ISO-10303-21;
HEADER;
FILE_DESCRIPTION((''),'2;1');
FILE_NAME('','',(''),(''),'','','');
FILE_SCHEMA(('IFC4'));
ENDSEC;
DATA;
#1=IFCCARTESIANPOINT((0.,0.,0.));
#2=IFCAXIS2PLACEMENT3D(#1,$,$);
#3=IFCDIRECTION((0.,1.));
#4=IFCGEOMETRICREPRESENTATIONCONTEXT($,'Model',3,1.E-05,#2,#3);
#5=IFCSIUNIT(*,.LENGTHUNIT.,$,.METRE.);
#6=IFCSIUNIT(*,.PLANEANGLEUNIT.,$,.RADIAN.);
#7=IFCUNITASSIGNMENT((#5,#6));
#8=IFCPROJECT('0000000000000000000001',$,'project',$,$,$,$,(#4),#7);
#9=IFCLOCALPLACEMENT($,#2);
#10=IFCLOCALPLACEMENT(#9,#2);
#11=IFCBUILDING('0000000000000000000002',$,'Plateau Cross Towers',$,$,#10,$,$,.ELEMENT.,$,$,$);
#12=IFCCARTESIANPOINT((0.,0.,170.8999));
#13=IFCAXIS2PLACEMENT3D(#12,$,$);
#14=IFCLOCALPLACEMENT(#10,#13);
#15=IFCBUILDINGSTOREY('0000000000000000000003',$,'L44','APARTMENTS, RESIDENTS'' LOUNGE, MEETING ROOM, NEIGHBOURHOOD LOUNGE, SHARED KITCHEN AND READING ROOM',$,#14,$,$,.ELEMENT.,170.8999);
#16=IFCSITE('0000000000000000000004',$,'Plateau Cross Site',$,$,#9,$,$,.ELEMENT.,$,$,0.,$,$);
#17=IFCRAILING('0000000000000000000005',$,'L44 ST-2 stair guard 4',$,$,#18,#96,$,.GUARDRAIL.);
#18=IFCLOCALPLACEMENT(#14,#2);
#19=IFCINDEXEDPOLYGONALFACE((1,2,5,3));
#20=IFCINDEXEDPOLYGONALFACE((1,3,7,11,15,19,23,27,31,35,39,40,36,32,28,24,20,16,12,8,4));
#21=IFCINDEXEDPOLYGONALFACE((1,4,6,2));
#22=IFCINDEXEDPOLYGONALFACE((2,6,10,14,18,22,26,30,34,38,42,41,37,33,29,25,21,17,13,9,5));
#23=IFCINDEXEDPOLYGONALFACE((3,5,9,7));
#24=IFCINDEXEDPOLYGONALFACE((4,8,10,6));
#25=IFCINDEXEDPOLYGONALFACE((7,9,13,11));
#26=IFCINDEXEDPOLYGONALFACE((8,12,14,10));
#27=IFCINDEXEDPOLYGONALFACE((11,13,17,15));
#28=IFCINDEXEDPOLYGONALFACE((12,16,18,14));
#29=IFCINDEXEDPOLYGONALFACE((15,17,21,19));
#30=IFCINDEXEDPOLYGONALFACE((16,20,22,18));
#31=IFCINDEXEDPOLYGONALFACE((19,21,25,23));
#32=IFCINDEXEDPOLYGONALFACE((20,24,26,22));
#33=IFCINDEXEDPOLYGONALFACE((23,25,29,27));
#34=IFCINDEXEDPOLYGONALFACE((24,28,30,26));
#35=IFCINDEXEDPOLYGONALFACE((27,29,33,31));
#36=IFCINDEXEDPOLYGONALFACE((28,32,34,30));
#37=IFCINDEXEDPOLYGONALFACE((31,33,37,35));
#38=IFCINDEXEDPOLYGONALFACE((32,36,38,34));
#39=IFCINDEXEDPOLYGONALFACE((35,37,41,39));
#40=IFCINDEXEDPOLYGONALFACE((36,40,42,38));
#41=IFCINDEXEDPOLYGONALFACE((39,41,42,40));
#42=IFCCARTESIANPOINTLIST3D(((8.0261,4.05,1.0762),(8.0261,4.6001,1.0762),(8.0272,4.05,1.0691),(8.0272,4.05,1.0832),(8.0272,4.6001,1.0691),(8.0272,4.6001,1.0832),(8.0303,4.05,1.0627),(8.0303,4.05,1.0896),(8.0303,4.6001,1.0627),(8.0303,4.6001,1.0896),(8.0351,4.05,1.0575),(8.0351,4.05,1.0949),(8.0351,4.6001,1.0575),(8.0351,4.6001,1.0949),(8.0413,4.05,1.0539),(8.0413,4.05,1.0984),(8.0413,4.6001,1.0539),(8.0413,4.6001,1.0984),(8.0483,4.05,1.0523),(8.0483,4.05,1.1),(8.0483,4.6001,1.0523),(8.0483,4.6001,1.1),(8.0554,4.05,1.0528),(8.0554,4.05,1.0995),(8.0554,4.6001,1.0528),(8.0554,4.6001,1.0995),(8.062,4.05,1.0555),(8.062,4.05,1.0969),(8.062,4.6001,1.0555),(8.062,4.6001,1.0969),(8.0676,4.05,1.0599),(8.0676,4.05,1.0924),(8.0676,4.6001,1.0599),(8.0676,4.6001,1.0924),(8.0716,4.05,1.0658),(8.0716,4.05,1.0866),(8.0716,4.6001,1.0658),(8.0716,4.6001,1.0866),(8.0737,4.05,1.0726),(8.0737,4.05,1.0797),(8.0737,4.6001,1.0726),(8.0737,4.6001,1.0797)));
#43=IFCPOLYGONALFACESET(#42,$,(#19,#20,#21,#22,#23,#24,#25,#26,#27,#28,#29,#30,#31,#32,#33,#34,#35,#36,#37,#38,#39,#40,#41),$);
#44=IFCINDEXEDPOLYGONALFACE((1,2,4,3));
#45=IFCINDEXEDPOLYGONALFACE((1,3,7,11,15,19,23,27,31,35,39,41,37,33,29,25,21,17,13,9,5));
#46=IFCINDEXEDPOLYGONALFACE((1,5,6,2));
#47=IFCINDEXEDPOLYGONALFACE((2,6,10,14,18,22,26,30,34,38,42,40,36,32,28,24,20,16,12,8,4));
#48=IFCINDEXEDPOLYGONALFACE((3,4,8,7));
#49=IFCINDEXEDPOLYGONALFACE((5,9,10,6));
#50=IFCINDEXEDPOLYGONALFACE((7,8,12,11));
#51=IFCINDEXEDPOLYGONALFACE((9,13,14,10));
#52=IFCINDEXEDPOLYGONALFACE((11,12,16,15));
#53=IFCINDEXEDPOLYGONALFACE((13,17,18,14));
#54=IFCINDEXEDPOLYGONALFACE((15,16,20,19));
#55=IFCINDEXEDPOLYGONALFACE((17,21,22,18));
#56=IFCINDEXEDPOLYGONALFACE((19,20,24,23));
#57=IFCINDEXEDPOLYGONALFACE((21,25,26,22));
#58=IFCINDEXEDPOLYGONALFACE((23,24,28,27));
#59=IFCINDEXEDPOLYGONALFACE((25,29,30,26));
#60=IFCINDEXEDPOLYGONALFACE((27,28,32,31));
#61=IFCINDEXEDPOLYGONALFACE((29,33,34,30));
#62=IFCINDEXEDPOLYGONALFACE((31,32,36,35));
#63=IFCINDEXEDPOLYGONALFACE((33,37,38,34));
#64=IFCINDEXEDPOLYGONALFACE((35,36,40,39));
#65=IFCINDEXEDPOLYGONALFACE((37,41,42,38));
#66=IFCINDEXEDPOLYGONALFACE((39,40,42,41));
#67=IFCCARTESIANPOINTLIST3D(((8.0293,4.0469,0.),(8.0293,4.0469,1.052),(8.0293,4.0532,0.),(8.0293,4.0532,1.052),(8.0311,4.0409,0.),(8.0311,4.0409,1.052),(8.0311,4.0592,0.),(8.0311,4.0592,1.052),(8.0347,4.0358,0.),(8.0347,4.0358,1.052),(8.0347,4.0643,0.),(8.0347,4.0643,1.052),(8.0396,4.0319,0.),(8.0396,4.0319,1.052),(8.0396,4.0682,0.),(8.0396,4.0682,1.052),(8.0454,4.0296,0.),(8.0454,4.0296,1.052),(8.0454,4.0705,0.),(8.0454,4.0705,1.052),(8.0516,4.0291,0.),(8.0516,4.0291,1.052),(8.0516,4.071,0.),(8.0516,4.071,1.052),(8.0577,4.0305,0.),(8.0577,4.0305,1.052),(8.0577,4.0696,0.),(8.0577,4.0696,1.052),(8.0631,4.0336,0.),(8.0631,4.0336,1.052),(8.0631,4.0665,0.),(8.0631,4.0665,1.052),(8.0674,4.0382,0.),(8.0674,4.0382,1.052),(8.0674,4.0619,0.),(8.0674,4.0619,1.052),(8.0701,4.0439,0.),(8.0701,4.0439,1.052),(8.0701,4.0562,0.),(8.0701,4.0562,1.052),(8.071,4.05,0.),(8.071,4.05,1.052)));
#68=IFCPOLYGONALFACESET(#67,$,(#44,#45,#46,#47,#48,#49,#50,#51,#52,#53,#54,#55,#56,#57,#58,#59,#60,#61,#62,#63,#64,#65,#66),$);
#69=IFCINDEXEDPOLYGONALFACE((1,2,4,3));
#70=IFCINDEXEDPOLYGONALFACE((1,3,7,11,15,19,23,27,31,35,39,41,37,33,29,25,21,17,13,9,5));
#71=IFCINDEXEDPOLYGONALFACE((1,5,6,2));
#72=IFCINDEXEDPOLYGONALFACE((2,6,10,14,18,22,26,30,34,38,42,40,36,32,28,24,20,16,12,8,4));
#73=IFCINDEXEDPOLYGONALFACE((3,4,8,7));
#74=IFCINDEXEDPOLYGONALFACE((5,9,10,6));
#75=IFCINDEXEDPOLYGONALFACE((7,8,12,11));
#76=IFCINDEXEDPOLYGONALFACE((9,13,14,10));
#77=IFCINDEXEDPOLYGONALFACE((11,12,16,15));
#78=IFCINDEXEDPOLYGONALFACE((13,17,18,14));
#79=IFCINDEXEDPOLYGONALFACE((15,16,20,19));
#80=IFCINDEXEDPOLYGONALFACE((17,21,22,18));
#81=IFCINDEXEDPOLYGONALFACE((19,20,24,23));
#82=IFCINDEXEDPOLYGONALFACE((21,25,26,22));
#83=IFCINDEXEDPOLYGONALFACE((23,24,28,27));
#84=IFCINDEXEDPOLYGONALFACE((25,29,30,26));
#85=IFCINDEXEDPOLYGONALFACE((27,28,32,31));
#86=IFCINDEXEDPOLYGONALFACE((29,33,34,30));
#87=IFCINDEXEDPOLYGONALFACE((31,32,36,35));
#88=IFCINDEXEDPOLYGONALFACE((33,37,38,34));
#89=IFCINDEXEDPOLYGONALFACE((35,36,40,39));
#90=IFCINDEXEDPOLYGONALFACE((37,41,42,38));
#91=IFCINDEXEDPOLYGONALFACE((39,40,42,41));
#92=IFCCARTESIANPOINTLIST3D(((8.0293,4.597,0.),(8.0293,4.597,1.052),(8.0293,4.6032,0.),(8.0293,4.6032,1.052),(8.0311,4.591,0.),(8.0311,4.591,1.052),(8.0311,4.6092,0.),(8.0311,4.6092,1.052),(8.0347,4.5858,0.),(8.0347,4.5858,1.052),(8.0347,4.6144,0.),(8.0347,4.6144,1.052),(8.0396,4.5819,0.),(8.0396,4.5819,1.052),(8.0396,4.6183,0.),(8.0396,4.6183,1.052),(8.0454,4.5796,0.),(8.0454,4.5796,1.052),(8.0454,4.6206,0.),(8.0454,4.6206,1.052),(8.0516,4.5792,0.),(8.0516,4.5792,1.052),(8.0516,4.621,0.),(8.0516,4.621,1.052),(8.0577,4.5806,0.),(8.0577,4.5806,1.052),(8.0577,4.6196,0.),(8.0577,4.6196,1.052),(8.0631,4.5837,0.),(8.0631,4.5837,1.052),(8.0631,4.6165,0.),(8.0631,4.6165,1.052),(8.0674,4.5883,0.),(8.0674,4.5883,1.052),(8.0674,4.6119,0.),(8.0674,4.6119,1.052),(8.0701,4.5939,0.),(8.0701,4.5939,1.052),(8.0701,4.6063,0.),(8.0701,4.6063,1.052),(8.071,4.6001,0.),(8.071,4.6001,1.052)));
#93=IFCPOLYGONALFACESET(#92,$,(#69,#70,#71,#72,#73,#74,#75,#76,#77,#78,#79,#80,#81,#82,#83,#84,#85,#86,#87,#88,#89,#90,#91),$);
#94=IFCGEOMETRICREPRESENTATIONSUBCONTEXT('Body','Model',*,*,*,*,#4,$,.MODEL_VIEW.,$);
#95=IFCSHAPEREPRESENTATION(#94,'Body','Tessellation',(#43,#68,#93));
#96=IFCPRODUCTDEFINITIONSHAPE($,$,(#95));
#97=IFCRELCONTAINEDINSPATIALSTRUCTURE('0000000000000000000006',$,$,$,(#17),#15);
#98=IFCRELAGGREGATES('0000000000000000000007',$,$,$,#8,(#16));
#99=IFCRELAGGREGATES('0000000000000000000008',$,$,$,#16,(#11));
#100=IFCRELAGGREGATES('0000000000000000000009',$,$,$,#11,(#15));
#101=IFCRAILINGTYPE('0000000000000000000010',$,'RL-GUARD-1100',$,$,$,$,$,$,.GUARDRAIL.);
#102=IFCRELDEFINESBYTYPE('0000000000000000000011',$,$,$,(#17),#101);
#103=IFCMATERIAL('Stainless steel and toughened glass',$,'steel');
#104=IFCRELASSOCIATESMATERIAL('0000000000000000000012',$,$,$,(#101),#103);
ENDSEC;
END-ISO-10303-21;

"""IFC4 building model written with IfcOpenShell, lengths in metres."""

from ifc_helpers import new_model, si_unit, direction, frame, origin, origin_2d, place, context, subcontext, project, spatial, circle, extrude, material, type_object, element, save


model = new_model("IFC4")

# Units and contexts
model_context = context("Model", 3, precision=1e-05, world=origin(), true_north=direction((0.0, 1.0)))
body_context = subcontext(model_context, "Body", "Model", "MODEL_VIEW")
ifc_project = project(units=[si_unit("LENGTHUNIT", "METRE"), si_unit("PLANEANGLEUNIT", "RADIAN")], contexts=[model_context])

# Site, building, storey
site_placement = place(None, origin())
site = spatial("IfcSite", under=ifc_project, at=site_placement, Name="Plateau Cross Site", CompositionType="ELEMENT", RefElevation=0.0)
building_placement = place(site_placement, origin())
building = spatial("IfcBuilding", under=site, at=building_placement, Name="Plateau Cross Towers", CompositionType="ELEMENT")
storey_placement = place(building_placement, frame((0.0, 0.0, 170.8999)))
storey = spatial("IfcBuildingStorey", under=building, at=storey_placement, Name="L44", Description="APARTMENTS, RESIDENTS' LOUNGE, MEETING ROOM, NEIGHBOURHOOD LOUNGE, SHARED KITCHEN AND READING ROOM", CompositionType="ELEMENT", Elevation=170.8999)

# Railing
ifc_material_1 = material(Name="Stainless steel and toughened glass", Category="steel")
railing_type_1 = type_object("IfcRailingType", Name="RL-GUARD-1100", PredefinedType="GUARDRAIL", material=ifc_material_1)
railing_1_placement = place(storey_placement, frame((8.05, 4.05, 0.0)))
element("IfcRailing", 1, at=railing_1_placement, inside=storey, type_object=railing_type_1, Name="L44 ST-2 stair guard 4", PredefinedType="GUARDRAIL", context=body_context, shape_type="SweptSolid", body=[
    extrude(circle(Radius=0.0239, at=origin_2d()), frame((0.0, 0.0, 1.0762), z_axis=(0.0, 1.0, 0.0), x_axis=(-1.0, 0.0, 0.0)), (0.0, 0.0, 1.0), 0.55),
    extrude(circle(Radius=0.021, at=origin_2d()), origin(), (0.0, 0.0, 1.0), 1.052),
    extrude(circle(Radius=0.021, at=origin_2d()), frame((0.0, 0.55, 0.0)), (0.0, 0.0, 1.0), 1.052),
])

save(model, "model.ifc")
